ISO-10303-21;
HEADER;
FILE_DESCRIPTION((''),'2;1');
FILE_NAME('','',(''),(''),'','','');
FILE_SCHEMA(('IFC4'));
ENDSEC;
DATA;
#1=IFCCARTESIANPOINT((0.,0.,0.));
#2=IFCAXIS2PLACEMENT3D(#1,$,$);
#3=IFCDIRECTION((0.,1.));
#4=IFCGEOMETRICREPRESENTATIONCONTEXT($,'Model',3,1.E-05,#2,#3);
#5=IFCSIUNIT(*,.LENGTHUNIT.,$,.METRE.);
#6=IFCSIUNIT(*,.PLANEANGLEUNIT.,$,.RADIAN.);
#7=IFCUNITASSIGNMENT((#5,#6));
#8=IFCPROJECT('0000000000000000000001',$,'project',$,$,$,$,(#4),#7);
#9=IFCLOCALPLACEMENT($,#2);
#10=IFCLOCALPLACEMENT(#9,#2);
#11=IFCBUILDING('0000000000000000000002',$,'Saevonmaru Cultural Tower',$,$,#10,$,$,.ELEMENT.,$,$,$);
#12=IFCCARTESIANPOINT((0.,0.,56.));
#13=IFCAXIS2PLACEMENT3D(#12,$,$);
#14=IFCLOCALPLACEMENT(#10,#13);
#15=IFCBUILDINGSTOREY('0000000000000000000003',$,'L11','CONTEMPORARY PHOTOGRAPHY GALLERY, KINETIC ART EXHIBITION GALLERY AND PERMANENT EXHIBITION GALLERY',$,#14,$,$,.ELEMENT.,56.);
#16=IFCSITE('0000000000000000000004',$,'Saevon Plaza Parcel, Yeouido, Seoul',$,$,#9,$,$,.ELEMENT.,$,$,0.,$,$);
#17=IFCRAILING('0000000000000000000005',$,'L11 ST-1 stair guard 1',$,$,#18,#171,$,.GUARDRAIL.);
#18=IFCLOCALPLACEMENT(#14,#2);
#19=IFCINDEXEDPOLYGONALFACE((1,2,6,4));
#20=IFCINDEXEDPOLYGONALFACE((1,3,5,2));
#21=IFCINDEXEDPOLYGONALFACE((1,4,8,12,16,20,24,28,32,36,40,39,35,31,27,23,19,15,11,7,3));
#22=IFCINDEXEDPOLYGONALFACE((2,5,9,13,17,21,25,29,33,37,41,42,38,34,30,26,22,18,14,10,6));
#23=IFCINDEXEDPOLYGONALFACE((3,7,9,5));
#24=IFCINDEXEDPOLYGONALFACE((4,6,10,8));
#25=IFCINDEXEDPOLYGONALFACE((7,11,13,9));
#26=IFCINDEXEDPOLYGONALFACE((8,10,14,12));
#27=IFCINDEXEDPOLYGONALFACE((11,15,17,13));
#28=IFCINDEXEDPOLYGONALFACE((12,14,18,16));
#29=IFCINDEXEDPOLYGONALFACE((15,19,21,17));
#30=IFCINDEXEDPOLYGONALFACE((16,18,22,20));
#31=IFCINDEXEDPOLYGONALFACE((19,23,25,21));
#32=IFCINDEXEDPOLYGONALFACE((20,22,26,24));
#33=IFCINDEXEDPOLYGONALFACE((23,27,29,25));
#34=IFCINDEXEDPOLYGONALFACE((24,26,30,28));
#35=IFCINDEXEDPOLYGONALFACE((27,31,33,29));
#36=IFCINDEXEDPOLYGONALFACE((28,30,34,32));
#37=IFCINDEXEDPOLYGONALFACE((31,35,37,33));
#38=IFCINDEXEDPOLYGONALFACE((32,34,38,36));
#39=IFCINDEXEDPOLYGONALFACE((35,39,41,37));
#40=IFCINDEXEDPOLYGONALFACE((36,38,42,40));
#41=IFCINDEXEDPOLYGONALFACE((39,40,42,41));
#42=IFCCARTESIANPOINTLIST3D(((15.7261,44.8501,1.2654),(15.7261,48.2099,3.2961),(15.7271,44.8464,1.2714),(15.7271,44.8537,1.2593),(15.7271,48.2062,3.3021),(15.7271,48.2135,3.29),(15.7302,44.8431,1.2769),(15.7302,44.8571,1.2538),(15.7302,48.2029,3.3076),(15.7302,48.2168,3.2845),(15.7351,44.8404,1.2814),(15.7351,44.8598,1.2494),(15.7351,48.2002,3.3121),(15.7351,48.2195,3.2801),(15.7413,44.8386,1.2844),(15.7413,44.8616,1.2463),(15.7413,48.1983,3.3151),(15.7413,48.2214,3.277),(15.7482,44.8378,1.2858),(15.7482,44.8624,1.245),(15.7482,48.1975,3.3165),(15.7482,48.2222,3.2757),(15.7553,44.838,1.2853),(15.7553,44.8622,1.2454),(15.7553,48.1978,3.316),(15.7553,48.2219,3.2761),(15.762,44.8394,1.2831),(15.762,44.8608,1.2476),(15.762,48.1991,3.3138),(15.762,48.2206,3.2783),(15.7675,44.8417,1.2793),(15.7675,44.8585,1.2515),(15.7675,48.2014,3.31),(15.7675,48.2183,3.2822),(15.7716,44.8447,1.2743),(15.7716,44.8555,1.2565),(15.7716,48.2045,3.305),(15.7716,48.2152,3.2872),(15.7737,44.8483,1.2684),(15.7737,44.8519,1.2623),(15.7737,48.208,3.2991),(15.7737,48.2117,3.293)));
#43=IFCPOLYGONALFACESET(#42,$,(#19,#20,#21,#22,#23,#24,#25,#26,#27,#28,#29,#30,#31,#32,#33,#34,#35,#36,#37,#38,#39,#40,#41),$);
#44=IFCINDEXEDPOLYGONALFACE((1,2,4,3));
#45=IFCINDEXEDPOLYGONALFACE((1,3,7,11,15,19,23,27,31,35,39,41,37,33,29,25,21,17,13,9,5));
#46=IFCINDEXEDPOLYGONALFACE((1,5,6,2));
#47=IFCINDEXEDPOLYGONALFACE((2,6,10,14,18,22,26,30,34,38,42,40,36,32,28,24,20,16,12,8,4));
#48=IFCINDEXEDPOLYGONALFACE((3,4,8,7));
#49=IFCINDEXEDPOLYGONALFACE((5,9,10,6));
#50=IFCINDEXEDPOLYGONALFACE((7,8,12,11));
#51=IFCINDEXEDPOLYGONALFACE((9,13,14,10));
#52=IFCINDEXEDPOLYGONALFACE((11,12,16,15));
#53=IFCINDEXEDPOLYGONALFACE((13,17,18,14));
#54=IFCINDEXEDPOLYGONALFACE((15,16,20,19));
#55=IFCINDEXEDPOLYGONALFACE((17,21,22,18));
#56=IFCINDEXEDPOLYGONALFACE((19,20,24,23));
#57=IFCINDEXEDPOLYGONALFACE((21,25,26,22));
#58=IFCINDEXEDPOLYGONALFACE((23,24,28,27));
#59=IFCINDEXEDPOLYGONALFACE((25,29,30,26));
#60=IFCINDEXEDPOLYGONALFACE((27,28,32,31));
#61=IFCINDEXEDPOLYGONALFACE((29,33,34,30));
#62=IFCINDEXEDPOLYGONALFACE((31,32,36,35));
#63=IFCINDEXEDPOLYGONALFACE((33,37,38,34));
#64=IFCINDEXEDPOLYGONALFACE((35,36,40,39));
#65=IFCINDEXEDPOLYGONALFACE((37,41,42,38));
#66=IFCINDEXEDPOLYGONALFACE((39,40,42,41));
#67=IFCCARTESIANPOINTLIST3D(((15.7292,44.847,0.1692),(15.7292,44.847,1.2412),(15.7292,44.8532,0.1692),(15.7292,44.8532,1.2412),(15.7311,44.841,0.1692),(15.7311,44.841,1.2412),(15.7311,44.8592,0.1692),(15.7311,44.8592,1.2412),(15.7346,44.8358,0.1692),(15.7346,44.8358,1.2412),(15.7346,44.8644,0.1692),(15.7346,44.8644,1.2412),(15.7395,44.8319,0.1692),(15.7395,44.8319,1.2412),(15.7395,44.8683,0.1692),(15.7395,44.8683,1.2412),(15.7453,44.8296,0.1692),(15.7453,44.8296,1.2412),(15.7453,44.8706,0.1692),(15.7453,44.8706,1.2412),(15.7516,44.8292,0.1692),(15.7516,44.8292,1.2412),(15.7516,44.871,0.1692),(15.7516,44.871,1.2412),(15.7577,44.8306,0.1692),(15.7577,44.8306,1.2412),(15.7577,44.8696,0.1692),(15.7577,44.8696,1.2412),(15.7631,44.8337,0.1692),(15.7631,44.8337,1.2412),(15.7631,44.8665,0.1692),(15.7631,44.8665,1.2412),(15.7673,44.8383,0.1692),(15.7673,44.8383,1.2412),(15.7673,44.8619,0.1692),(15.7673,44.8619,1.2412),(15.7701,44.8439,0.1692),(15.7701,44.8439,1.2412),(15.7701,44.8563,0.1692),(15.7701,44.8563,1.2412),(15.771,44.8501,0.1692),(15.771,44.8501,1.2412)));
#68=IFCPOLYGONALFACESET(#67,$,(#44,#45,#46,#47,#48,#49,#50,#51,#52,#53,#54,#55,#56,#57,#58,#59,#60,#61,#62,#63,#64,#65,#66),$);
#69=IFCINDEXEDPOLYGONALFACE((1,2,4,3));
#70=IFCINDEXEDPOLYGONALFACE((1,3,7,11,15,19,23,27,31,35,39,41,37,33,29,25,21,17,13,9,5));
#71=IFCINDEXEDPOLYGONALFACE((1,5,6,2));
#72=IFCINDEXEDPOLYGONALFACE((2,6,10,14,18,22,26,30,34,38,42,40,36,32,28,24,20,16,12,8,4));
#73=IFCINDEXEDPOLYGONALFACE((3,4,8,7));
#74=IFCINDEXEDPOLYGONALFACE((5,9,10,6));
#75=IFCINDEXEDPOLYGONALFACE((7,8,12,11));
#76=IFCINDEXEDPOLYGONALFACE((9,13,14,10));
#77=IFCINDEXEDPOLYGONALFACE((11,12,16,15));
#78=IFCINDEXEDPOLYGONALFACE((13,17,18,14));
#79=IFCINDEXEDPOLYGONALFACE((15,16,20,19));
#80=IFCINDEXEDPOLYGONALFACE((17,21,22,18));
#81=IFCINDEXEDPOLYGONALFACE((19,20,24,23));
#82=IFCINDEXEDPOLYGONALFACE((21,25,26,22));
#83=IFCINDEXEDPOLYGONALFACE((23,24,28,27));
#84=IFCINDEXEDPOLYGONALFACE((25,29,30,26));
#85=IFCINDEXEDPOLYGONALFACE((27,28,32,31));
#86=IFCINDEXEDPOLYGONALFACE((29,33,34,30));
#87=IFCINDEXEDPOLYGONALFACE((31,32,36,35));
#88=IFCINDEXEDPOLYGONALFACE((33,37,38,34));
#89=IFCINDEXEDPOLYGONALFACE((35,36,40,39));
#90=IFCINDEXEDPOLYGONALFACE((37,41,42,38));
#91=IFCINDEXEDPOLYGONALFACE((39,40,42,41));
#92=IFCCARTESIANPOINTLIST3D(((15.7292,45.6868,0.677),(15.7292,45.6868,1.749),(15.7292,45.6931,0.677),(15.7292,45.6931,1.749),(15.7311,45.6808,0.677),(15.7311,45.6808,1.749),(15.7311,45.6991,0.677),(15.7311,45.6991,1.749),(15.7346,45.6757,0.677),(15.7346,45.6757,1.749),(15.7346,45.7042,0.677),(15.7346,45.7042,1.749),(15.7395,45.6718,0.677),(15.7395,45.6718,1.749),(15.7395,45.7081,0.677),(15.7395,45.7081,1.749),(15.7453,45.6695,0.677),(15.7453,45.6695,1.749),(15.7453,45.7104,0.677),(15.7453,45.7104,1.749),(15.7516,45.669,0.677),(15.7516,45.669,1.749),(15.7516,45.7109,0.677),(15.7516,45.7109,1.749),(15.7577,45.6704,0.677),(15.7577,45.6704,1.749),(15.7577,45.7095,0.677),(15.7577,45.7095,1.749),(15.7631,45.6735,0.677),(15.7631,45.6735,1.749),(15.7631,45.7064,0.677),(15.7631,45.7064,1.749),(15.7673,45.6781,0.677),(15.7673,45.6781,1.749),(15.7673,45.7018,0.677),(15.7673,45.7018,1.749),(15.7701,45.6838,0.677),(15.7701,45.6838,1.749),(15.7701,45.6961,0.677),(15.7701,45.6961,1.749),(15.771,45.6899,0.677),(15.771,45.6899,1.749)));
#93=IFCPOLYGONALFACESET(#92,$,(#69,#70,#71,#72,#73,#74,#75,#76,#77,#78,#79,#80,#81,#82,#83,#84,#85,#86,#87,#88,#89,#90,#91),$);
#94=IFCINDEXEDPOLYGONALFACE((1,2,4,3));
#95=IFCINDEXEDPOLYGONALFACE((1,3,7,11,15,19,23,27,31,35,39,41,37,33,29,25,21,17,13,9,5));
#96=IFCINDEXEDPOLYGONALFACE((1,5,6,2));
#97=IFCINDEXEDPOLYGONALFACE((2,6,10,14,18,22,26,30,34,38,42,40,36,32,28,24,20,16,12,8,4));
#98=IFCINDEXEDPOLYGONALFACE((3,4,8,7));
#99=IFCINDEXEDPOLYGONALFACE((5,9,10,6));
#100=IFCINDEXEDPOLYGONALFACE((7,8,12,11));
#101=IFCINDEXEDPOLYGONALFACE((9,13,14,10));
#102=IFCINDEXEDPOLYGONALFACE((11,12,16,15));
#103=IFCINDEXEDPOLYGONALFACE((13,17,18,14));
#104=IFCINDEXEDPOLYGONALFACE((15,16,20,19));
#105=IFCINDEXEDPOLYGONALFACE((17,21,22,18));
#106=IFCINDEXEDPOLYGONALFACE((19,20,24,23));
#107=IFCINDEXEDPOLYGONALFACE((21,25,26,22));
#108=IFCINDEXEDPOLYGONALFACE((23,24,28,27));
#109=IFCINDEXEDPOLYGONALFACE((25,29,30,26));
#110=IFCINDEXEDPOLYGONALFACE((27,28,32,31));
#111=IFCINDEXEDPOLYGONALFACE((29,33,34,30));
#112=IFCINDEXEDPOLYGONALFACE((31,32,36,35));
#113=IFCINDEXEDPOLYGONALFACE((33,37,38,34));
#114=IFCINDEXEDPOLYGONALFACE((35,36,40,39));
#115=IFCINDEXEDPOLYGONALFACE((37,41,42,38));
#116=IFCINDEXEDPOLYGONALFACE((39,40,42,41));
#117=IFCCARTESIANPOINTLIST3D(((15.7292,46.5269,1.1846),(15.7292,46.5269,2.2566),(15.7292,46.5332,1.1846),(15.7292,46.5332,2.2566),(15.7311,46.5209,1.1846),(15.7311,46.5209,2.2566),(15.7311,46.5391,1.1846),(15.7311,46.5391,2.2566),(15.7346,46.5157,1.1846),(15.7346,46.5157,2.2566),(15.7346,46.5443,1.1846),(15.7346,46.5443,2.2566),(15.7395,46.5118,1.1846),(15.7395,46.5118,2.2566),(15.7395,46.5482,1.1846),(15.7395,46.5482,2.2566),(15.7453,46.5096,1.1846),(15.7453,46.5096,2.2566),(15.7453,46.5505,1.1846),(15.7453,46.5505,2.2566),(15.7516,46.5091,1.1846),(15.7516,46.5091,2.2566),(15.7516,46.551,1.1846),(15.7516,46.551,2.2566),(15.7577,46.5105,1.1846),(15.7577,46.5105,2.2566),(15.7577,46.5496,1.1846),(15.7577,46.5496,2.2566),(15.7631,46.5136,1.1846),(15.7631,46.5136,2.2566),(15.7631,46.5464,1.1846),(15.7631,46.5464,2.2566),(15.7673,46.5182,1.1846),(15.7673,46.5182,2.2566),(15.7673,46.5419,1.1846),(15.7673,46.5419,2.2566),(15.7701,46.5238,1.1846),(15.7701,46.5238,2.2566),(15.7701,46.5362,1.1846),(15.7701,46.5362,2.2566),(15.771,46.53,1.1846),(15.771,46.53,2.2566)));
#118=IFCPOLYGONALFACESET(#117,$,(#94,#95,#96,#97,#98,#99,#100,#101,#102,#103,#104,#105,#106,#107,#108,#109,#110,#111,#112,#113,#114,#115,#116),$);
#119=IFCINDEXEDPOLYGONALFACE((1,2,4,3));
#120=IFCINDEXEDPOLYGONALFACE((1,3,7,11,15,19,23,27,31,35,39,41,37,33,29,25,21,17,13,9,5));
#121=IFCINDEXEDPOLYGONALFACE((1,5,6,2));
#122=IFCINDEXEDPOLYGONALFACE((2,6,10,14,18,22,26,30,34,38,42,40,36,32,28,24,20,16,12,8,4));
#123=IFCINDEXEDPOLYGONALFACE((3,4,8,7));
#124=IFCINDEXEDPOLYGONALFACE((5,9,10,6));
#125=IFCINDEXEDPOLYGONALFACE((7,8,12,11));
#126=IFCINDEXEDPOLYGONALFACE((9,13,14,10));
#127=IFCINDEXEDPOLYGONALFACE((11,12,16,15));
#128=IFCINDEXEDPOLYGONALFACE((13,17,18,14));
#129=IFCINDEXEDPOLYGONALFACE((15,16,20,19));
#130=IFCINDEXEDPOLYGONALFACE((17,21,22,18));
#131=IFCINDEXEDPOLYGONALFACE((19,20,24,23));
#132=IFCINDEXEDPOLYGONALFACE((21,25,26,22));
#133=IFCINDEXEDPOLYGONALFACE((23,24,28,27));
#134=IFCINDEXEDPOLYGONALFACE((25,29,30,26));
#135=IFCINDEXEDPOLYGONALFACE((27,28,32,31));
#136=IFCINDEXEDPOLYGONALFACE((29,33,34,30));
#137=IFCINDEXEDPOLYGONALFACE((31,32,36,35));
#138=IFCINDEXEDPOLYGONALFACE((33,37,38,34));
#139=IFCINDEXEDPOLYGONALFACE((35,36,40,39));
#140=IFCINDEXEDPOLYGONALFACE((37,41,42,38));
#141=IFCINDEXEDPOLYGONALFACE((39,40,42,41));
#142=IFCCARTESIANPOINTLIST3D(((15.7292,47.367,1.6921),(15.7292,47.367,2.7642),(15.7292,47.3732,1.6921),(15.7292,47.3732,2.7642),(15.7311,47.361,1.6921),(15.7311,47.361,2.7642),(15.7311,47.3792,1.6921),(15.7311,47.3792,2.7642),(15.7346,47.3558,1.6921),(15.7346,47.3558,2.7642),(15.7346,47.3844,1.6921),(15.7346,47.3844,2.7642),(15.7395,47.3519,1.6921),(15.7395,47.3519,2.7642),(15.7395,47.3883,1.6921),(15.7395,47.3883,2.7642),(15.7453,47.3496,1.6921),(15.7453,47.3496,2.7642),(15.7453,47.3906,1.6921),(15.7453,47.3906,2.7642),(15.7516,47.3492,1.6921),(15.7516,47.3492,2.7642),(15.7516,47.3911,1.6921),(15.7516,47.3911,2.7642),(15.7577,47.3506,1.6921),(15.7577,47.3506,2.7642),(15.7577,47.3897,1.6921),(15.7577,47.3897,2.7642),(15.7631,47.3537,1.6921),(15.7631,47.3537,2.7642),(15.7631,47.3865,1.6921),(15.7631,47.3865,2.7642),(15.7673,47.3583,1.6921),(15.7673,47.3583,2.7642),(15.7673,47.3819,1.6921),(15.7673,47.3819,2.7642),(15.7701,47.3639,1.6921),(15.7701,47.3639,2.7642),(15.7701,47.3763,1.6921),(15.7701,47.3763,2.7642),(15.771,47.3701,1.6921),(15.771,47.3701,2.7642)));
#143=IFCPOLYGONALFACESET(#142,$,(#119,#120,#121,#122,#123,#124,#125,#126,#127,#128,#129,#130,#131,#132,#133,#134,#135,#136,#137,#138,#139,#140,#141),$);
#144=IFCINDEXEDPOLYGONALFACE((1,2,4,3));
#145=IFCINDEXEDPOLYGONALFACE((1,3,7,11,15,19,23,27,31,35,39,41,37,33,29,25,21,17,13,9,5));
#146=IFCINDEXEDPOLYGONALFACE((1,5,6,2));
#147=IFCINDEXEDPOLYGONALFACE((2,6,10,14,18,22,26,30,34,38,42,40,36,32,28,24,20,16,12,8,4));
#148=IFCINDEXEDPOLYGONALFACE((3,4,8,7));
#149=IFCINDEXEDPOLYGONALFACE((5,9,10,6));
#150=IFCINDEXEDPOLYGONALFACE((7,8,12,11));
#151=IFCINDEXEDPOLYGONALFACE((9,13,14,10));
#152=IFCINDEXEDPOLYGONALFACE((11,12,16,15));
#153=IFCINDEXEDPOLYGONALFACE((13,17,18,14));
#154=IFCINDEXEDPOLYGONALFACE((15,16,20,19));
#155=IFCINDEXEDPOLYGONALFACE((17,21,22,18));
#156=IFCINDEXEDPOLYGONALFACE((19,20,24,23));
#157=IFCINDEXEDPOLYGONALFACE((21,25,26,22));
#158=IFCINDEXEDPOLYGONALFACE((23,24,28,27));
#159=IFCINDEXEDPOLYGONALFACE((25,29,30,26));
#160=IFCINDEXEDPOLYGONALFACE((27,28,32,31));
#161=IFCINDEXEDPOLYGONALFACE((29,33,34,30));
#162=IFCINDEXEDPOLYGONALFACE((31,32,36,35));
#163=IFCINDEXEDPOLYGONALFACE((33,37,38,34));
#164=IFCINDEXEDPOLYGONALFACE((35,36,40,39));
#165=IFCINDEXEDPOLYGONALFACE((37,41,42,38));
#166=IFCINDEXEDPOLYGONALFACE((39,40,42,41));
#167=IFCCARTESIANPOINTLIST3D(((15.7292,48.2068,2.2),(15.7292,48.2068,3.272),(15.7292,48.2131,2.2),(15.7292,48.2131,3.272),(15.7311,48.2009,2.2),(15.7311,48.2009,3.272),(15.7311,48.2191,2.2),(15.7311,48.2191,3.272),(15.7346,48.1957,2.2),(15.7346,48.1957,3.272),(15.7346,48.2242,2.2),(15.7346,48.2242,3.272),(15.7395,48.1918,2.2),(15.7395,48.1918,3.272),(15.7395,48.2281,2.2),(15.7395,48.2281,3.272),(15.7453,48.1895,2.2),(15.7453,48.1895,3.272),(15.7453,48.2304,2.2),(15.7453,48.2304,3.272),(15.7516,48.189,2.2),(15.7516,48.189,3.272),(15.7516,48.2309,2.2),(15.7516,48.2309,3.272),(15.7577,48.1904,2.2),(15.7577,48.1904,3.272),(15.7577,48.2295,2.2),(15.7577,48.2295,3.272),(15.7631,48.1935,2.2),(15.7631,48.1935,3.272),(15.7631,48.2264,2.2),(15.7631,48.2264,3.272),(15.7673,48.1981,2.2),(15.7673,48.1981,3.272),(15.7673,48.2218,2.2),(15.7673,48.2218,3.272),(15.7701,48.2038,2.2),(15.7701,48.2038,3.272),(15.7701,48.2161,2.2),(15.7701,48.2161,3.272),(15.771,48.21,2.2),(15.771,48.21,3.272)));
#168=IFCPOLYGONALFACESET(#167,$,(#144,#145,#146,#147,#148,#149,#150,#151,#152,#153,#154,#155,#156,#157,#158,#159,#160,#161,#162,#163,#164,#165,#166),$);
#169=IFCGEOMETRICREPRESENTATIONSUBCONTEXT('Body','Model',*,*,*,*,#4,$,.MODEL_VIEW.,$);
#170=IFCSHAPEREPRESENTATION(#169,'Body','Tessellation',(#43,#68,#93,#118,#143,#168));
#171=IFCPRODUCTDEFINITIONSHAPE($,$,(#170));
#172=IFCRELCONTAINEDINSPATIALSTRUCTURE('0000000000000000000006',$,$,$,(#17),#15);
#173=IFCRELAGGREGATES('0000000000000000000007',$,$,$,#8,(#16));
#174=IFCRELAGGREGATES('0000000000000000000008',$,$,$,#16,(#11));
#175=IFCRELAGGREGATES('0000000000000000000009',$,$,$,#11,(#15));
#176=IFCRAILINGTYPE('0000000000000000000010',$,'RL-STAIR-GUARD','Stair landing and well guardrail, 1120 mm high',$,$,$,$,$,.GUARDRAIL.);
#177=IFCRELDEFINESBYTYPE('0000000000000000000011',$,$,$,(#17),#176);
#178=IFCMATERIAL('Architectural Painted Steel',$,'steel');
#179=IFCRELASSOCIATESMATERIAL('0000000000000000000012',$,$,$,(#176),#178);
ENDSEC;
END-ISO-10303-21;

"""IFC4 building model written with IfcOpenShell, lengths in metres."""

from ifc_helpers import new_model, si_unit, direction, frame, origin, origin_2d, place, context, subcontext, project, spatial, circle, extrude, material, type_object, element, save


model = new_model("IFC4")

# Units and contexts
model_context = context("Model", 3, precision=1e-05, world=origin(), true_north=direction((0.0, 1.0)))
body_context = subcontext(model_context, "Body", "Model", "MODEL_VIEW")
ifc_project = project(units=[si_unit("LENGTHUNIT", "METRE"), si_unit("PLANEANGLEUNIT", "RADIAN")], contexts=[model_context])

# Site, building, storey
site_placement = place(None, origin())
site = spatial("IfcSite", under=ifc_project, at=site_placement, Name="Saevon Plaza Parcel, Yeouido, Seoul", CompositionType="ELEMENT", RefElevation=0.0)
building_placement = place(site_placement, origin())
building = spatial("IfcBuilding", under=site, at=building_placement, Name="Saevonmaru Cultural Tower", CompositionType="ELEMENT")
storey_placement = place(building_placement, frame((0.0, 0.0, 56.0)))
storey = spatial("IfcBuildingStorey", under=building, at=storey_placement, Name="L11", Description="CONTEMPORARY PHOTOGRAPHY GALLERY, KINETIC ART EXHIBITION GALLERY AND PERMANENT EXHIBITION GALLERY", CompositionType="ELEMENT", Elevation=56.0)

# Railing
ifc_material_1 = material(Name="Architectural Painted Steel", Category="steel")
railing_type_1 = type_object("IfcRailingType", Name="RL-STAIR-GUARD", Description="Stair landing and well guardrail, 1120 mm high", PredefinedType="GUARDRAIL", material=ifc_material_1)
railing_1_placement = place(storey_placement, frame((15.75, 44.8501, 0.1692)))
element("IfcRailing", 1, at=railing_1_placement, inside=storey, type_object=railing_type_1, Name="L11 ST-1 stair guard 1", PredefinedType="GUARDRAIL", context=body_context, shape_type="SweptSolid", body=[
    extrude(circle(Radius=0.0239, at=origin_2d()), frame((0.0, 0.0, 1.0962), z_axis=(0.0, 0.85582, 0.517273), x_axis=(-1.0, 0.0, 0.0)), (0.0, 0.0, 1.0), 3.9258),
    extrude(circle(Radius=0.021, at=origin_2d()), origin(), (0.0, 0.0, 1.0), 1.072),
    extrude(circle(Radius=0.021, at=origin_2d()), frame((0.0, 0.8398, 0.5078)), (0.0, 0.0, 1.0), 1.072),
    extrude(circle(Radius=0.021, at=origin_2d()), frame((0.0, 1.6799, 1.0154)), (0.0, 0.0, 1.0), 1.072),
    extrude(circle(Radius=0.021, at=origin_2d()), frame((0.0, 2.52, 1.5229)), (0.0, 0.0, 1.0), 1.072),
    extrude(circle(Radius=0.021, at=origin_2d()), frame((0.0, 3.3599, 2.0308)), (0.0, 0.0, 1.0), 1.072),
])

save(model, "model.ifc")
